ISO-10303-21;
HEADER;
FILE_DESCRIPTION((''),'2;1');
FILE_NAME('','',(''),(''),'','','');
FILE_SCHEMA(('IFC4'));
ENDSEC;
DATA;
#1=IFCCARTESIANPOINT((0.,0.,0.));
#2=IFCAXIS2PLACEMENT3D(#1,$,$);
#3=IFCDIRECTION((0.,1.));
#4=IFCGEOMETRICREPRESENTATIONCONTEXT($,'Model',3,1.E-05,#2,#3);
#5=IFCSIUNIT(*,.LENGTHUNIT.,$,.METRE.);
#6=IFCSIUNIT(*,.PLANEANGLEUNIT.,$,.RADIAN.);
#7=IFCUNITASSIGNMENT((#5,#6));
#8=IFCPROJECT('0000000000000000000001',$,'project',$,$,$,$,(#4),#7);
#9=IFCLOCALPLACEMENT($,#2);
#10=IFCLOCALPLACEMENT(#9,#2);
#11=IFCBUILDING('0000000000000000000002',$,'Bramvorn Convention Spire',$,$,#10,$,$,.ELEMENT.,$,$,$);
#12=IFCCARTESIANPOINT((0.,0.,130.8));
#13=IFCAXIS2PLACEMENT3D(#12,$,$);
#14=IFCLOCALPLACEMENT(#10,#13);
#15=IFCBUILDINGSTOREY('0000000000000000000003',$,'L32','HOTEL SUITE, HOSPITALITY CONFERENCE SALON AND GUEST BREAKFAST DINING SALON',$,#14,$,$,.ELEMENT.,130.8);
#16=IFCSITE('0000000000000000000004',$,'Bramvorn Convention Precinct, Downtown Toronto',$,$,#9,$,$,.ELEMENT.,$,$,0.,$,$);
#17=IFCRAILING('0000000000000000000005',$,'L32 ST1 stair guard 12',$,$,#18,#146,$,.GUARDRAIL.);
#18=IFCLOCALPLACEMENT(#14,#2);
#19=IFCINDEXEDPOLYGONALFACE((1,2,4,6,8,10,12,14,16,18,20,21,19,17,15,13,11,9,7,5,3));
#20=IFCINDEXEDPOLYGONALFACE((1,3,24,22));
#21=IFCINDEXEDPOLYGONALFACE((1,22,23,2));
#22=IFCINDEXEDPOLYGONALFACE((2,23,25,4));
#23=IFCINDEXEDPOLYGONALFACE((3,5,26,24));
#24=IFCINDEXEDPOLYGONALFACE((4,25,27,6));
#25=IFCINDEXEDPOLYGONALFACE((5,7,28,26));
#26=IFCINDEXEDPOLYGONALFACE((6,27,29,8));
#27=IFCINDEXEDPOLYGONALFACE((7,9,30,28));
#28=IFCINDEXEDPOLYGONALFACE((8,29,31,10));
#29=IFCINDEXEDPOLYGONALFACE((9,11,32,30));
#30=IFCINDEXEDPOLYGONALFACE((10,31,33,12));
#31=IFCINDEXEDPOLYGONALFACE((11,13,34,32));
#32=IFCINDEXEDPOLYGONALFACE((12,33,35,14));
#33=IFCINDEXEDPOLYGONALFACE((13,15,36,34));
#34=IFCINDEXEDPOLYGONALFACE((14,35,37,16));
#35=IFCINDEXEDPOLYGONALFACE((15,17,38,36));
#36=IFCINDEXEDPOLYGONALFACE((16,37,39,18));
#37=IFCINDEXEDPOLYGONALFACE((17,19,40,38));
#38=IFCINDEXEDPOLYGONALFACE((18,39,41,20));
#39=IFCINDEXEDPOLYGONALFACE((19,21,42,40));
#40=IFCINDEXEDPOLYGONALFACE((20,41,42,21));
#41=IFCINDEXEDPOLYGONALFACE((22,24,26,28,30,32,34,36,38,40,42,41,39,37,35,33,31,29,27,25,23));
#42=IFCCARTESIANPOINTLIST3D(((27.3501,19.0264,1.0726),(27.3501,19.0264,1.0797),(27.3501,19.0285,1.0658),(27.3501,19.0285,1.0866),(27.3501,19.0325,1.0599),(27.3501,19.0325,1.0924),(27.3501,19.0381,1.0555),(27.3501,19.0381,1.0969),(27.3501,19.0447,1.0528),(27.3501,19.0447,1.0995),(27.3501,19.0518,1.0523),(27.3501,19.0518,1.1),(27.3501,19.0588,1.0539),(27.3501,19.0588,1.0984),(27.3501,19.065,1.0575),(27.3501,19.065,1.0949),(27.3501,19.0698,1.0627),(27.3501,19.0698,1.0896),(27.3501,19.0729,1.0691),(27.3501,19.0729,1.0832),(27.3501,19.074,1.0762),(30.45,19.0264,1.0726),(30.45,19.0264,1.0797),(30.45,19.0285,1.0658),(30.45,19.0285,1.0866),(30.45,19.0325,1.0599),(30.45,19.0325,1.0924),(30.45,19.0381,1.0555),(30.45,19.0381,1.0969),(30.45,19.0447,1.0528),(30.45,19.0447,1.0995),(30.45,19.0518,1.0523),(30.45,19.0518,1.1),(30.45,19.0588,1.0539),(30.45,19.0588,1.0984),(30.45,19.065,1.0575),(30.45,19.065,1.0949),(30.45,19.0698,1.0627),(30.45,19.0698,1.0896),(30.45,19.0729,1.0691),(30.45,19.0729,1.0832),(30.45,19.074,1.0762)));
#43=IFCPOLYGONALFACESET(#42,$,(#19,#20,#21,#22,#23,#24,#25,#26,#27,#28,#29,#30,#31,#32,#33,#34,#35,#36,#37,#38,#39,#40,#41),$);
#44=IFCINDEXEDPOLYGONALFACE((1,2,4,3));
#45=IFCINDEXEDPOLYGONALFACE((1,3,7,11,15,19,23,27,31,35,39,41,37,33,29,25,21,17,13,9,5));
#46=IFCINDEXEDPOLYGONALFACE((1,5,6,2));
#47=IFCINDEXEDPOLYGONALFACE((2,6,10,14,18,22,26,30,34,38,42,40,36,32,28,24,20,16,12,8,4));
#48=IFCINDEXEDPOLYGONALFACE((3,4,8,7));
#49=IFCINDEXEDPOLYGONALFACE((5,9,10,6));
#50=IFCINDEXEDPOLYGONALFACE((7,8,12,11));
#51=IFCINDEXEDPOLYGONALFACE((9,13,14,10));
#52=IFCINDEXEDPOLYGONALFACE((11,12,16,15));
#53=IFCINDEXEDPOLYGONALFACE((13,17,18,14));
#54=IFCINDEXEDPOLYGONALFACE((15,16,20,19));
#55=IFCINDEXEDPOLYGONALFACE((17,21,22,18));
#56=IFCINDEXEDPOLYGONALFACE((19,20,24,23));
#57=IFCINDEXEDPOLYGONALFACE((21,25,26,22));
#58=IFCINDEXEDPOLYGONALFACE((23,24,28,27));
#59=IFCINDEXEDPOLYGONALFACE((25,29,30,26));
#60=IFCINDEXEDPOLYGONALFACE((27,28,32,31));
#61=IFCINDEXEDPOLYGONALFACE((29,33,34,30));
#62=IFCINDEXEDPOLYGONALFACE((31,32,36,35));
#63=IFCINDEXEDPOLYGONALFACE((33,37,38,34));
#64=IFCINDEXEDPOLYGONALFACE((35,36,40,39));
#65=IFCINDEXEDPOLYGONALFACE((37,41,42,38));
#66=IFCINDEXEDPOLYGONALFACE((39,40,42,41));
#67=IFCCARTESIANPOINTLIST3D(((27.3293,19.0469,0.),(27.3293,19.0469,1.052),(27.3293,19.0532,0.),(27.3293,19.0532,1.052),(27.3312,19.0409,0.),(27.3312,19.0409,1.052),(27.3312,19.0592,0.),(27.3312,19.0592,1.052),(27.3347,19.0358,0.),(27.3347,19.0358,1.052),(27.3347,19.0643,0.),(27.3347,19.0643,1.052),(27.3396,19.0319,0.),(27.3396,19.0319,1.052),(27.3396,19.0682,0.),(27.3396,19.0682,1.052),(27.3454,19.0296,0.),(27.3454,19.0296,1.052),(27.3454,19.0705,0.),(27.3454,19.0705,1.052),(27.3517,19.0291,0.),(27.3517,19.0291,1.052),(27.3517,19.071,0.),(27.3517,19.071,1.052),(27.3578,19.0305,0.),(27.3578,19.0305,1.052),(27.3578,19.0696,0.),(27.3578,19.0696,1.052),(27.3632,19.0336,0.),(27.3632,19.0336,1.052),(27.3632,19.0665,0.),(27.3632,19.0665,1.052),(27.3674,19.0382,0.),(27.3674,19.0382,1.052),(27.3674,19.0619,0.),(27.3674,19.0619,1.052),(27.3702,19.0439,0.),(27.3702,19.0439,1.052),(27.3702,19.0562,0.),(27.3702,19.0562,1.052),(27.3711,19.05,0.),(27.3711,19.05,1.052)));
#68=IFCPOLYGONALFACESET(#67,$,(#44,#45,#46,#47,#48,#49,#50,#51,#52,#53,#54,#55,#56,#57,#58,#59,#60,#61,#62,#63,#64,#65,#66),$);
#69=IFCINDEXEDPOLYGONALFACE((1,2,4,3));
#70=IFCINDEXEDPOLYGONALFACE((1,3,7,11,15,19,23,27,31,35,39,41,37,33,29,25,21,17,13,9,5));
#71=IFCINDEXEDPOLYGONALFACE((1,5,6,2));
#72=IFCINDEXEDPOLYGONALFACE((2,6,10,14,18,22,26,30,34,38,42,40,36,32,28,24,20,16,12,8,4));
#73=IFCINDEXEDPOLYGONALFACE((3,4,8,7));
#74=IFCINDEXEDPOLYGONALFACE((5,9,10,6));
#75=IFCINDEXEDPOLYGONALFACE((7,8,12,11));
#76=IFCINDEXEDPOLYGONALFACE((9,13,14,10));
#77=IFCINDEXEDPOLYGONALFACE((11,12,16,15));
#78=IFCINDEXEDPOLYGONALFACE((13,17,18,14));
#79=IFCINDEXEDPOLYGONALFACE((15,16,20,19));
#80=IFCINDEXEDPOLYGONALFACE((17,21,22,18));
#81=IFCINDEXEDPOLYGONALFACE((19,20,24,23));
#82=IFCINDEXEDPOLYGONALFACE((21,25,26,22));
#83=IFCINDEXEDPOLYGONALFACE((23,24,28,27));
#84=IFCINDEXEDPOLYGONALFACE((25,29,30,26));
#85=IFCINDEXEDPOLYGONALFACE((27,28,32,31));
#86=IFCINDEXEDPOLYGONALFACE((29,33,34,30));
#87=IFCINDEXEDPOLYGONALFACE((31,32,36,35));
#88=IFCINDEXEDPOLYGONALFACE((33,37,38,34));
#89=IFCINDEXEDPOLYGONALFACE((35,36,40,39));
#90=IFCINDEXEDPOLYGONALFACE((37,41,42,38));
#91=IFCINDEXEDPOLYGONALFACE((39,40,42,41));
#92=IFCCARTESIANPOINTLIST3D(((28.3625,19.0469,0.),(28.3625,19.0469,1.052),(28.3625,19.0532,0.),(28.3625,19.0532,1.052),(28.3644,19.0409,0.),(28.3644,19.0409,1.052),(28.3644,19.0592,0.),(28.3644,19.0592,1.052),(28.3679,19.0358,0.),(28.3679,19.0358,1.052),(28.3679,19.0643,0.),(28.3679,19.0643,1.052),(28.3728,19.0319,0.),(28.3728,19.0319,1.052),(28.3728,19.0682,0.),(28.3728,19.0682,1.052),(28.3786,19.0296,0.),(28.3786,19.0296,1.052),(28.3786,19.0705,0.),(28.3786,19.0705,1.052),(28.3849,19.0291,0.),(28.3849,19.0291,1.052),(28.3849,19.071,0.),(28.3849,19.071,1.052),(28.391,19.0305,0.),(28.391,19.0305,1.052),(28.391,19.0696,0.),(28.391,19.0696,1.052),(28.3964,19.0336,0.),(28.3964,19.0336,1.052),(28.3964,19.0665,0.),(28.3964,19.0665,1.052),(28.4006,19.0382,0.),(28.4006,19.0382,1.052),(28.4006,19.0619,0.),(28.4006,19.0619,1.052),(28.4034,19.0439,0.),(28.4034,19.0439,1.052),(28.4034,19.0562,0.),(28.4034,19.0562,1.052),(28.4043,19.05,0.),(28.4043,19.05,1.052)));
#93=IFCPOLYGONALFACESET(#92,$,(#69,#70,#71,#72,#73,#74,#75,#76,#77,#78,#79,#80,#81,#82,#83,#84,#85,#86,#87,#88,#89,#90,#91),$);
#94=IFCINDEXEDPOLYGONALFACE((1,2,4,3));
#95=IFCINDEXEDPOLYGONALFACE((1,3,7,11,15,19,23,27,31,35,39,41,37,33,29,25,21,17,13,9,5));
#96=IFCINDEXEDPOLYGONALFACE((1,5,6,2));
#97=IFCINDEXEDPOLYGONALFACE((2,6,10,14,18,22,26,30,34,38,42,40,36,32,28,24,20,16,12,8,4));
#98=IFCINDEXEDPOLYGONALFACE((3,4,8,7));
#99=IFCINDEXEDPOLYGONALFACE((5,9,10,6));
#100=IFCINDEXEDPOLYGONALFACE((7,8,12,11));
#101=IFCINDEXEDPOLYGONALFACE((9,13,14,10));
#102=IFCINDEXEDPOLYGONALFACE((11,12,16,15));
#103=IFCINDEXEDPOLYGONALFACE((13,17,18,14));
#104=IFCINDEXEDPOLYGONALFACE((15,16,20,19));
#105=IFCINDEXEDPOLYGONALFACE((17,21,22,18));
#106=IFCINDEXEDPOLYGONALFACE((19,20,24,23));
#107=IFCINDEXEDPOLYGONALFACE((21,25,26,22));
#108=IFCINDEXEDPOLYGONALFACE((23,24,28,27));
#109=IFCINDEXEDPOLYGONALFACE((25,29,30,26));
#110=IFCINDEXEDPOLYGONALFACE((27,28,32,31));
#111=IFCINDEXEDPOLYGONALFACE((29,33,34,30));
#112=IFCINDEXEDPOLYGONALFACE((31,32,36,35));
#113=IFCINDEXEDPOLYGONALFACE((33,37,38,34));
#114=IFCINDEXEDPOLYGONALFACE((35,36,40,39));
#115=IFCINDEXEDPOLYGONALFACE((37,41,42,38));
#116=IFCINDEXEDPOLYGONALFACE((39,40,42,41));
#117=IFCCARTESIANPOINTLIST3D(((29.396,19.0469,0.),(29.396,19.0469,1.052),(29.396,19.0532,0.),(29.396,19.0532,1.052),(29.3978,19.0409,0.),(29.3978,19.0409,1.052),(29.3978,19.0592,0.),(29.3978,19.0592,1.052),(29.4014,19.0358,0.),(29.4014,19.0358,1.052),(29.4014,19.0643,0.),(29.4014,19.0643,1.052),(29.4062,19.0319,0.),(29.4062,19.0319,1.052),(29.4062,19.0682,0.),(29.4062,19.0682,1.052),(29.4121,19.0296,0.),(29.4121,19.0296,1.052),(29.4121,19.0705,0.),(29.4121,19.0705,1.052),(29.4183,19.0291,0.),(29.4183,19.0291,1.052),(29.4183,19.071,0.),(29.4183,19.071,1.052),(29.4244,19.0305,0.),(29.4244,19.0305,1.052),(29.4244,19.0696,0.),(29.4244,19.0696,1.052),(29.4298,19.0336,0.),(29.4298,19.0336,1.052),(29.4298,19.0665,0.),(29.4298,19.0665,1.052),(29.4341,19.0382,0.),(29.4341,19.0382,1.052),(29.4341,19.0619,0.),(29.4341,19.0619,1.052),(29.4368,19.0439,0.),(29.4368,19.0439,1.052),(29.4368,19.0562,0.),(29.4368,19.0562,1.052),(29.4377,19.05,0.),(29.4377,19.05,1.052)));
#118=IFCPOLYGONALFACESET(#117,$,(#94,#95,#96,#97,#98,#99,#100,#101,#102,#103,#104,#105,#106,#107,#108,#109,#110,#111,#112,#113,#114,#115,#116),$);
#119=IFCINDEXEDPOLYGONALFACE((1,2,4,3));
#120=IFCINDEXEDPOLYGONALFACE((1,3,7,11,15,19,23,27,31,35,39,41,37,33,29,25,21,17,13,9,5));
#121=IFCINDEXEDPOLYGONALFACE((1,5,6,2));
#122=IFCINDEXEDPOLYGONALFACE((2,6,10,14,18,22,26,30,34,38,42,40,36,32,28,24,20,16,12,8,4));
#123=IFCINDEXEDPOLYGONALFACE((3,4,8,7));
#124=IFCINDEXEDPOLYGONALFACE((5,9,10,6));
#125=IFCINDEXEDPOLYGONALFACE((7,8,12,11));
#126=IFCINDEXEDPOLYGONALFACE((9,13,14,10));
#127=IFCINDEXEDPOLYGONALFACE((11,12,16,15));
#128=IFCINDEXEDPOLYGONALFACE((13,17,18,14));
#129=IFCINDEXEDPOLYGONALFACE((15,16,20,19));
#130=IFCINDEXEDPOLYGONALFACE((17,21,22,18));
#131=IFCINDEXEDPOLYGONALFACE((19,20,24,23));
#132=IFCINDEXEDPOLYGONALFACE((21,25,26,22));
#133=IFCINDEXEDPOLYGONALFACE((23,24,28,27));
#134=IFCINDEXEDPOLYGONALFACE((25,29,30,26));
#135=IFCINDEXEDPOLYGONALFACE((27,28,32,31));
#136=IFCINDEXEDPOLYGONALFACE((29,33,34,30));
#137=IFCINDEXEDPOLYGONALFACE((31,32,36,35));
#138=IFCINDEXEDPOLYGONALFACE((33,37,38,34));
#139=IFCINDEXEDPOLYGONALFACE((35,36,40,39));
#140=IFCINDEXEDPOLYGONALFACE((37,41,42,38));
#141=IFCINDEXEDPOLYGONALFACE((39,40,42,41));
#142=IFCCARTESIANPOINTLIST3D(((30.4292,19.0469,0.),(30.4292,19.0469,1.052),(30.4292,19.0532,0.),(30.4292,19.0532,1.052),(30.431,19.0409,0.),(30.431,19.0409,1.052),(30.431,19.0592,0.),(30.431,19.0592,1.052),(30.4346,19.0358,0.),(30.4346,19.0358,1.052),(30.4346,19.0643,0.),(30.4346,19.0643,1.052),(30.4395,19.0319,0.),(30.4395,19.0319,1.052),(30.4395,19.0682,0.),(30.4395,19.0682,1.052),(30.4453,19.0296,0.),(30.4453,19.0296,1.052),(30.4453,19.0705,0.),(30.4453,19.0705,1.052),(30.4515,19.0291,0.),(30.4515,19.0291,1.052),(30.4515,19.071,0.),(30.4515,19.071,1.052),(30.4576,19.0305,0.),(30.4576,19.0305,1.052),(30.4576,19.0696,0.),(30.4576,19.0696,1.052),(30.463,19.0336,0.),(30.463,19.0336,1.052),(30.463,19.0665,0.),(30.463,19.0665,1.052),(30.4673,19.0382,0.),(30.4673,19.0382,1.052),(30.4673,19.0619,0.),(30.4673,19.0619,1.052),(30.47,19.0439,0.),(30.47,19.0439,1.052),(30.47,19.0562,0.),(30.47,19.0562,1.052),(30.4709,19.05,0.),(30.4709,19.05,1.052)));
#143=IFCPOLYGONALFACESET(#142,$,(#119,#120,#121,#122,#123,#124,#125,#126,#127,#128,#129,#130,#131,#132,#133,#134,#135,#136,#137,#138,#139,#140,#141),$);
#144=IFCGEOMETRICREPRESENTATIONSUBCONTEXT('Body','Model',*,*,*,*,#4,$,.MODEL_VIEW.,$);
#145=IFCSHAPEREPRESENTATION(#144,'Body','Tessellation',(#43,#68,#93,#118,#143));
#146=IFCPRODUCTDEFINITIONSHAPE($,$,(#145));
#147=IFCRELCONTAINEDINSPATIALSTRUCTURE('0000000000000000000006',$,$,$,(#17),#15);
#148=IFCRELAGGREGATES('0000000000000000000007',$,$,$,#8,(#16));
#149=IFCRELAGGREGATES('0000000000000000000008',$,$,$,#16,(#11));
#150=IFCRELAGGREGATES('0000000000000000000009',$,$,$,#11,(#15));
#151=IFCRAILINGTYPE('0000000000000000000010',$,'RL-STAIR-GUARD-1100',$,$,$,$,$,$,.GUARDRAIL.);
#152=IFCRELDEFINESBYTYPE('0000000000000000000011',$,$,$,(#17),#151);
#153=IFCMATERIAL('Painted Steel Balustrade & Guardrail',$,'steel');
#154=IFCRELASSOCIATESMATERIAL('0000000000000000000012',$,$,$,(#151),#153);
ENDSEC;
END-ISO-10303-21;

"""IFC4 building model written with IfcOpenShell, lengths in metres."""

from ifc_helpers import new_model, si_unit, direction, frame, origin, origin_2d, place, context, subcontext, project, spatial, circle, extrude, material, type_object, element, save


model = new_model("IFC4")

# Units and contexts
model_context = context("Model", 3, precision=1e-05, world=origin(), true_north=direction((0.0, 1.0)))
body_context = subcontext(model_context, "Body", "Model", "MODEL_VIEW")
ifc_project = project(units=[si_unit("LENGTHUNIT", "METRE"), si_unit("PLANEANGLEUNIT", "RADIAN")], contexts=[model_context])

# Site, building, storey
site_placement = place(None, origin())
site = spatial("IfcSite", under=ifc_project, at=site_placement, Name="Bramvorn Convention Precinct, Downtown Toronto", CompositionType="ELEMENT", RefElevation=0.0)
building_placement = place(site_placement, origin())
building = spatial("IfcBuilding", under=site, at=building_placement, Name="Bramvorn Convention Spire", CompositionType="ELEMENT")
storey_placement = place(building_placement, frame((0.0, 0.0, 130.8)))
storey = spatial("IfcBuildingStorey", under=building, at=storey_placement, Name="L32", Description="HOTEL SUITE, HOSPITALITY CONFERENCE SALON AND GUEST BREAKFAST DINING SALON", CompositionType="ELEMENT", Elevation=130.8)

# Railing
ifc_material_1 = material(Name="Painted Steel Balustrade & Guardrail", Category="steel")
railing_type = type_object("IfcRailingType", Name="RL-STAIR-GUARD-1100", PredefinedType="GUARDRAIL", material=ifc_material_1)
railing_1_placement = place(storey_placement, frame((27.3501, 19.05, 0.0)))
element("IfcRailing", 1, at=railing_1_placement, inside=storey, type_object=railing_type, Name="L32 ST1 stair guard 12", PredefinedType="GUARDRAIL", context=body_context, shape_type="SweptSolid", body=[
    extrude(circle(Radius=0.0239, at=origin_2d()), frame((0.0, 0.0, 1.0762), z_axis=(1.0, 0.0, 0.0), x_axis=(0.0, 1.0, 0.0)), (0.0, 0.0, 1.0), 3.0999),
    extrude(circle(Radius=0.021, at=origin_2d()), origin(), (0.0, 0.0, 1.0), 1.052),
    extrude(circle(Radius=0.021, at=origin_2d()), frame((1.0332, 0.0, 0.0)), (0.0, 0.0, 1.0), 1.052),
    extrude(circle(Radius=0.021, at=origin_2d()), frame((2.0667, 0.0, 0.0)), (0.0, 0.0, 1.0), 1.052),
    extrude(circle(Radius=0.021, at=origin_2d()), frame((3.0999, 0.0, 0.0)), (0.0, 0.0, 1.0), 1.052),
])

save(model, "model.ifc")
